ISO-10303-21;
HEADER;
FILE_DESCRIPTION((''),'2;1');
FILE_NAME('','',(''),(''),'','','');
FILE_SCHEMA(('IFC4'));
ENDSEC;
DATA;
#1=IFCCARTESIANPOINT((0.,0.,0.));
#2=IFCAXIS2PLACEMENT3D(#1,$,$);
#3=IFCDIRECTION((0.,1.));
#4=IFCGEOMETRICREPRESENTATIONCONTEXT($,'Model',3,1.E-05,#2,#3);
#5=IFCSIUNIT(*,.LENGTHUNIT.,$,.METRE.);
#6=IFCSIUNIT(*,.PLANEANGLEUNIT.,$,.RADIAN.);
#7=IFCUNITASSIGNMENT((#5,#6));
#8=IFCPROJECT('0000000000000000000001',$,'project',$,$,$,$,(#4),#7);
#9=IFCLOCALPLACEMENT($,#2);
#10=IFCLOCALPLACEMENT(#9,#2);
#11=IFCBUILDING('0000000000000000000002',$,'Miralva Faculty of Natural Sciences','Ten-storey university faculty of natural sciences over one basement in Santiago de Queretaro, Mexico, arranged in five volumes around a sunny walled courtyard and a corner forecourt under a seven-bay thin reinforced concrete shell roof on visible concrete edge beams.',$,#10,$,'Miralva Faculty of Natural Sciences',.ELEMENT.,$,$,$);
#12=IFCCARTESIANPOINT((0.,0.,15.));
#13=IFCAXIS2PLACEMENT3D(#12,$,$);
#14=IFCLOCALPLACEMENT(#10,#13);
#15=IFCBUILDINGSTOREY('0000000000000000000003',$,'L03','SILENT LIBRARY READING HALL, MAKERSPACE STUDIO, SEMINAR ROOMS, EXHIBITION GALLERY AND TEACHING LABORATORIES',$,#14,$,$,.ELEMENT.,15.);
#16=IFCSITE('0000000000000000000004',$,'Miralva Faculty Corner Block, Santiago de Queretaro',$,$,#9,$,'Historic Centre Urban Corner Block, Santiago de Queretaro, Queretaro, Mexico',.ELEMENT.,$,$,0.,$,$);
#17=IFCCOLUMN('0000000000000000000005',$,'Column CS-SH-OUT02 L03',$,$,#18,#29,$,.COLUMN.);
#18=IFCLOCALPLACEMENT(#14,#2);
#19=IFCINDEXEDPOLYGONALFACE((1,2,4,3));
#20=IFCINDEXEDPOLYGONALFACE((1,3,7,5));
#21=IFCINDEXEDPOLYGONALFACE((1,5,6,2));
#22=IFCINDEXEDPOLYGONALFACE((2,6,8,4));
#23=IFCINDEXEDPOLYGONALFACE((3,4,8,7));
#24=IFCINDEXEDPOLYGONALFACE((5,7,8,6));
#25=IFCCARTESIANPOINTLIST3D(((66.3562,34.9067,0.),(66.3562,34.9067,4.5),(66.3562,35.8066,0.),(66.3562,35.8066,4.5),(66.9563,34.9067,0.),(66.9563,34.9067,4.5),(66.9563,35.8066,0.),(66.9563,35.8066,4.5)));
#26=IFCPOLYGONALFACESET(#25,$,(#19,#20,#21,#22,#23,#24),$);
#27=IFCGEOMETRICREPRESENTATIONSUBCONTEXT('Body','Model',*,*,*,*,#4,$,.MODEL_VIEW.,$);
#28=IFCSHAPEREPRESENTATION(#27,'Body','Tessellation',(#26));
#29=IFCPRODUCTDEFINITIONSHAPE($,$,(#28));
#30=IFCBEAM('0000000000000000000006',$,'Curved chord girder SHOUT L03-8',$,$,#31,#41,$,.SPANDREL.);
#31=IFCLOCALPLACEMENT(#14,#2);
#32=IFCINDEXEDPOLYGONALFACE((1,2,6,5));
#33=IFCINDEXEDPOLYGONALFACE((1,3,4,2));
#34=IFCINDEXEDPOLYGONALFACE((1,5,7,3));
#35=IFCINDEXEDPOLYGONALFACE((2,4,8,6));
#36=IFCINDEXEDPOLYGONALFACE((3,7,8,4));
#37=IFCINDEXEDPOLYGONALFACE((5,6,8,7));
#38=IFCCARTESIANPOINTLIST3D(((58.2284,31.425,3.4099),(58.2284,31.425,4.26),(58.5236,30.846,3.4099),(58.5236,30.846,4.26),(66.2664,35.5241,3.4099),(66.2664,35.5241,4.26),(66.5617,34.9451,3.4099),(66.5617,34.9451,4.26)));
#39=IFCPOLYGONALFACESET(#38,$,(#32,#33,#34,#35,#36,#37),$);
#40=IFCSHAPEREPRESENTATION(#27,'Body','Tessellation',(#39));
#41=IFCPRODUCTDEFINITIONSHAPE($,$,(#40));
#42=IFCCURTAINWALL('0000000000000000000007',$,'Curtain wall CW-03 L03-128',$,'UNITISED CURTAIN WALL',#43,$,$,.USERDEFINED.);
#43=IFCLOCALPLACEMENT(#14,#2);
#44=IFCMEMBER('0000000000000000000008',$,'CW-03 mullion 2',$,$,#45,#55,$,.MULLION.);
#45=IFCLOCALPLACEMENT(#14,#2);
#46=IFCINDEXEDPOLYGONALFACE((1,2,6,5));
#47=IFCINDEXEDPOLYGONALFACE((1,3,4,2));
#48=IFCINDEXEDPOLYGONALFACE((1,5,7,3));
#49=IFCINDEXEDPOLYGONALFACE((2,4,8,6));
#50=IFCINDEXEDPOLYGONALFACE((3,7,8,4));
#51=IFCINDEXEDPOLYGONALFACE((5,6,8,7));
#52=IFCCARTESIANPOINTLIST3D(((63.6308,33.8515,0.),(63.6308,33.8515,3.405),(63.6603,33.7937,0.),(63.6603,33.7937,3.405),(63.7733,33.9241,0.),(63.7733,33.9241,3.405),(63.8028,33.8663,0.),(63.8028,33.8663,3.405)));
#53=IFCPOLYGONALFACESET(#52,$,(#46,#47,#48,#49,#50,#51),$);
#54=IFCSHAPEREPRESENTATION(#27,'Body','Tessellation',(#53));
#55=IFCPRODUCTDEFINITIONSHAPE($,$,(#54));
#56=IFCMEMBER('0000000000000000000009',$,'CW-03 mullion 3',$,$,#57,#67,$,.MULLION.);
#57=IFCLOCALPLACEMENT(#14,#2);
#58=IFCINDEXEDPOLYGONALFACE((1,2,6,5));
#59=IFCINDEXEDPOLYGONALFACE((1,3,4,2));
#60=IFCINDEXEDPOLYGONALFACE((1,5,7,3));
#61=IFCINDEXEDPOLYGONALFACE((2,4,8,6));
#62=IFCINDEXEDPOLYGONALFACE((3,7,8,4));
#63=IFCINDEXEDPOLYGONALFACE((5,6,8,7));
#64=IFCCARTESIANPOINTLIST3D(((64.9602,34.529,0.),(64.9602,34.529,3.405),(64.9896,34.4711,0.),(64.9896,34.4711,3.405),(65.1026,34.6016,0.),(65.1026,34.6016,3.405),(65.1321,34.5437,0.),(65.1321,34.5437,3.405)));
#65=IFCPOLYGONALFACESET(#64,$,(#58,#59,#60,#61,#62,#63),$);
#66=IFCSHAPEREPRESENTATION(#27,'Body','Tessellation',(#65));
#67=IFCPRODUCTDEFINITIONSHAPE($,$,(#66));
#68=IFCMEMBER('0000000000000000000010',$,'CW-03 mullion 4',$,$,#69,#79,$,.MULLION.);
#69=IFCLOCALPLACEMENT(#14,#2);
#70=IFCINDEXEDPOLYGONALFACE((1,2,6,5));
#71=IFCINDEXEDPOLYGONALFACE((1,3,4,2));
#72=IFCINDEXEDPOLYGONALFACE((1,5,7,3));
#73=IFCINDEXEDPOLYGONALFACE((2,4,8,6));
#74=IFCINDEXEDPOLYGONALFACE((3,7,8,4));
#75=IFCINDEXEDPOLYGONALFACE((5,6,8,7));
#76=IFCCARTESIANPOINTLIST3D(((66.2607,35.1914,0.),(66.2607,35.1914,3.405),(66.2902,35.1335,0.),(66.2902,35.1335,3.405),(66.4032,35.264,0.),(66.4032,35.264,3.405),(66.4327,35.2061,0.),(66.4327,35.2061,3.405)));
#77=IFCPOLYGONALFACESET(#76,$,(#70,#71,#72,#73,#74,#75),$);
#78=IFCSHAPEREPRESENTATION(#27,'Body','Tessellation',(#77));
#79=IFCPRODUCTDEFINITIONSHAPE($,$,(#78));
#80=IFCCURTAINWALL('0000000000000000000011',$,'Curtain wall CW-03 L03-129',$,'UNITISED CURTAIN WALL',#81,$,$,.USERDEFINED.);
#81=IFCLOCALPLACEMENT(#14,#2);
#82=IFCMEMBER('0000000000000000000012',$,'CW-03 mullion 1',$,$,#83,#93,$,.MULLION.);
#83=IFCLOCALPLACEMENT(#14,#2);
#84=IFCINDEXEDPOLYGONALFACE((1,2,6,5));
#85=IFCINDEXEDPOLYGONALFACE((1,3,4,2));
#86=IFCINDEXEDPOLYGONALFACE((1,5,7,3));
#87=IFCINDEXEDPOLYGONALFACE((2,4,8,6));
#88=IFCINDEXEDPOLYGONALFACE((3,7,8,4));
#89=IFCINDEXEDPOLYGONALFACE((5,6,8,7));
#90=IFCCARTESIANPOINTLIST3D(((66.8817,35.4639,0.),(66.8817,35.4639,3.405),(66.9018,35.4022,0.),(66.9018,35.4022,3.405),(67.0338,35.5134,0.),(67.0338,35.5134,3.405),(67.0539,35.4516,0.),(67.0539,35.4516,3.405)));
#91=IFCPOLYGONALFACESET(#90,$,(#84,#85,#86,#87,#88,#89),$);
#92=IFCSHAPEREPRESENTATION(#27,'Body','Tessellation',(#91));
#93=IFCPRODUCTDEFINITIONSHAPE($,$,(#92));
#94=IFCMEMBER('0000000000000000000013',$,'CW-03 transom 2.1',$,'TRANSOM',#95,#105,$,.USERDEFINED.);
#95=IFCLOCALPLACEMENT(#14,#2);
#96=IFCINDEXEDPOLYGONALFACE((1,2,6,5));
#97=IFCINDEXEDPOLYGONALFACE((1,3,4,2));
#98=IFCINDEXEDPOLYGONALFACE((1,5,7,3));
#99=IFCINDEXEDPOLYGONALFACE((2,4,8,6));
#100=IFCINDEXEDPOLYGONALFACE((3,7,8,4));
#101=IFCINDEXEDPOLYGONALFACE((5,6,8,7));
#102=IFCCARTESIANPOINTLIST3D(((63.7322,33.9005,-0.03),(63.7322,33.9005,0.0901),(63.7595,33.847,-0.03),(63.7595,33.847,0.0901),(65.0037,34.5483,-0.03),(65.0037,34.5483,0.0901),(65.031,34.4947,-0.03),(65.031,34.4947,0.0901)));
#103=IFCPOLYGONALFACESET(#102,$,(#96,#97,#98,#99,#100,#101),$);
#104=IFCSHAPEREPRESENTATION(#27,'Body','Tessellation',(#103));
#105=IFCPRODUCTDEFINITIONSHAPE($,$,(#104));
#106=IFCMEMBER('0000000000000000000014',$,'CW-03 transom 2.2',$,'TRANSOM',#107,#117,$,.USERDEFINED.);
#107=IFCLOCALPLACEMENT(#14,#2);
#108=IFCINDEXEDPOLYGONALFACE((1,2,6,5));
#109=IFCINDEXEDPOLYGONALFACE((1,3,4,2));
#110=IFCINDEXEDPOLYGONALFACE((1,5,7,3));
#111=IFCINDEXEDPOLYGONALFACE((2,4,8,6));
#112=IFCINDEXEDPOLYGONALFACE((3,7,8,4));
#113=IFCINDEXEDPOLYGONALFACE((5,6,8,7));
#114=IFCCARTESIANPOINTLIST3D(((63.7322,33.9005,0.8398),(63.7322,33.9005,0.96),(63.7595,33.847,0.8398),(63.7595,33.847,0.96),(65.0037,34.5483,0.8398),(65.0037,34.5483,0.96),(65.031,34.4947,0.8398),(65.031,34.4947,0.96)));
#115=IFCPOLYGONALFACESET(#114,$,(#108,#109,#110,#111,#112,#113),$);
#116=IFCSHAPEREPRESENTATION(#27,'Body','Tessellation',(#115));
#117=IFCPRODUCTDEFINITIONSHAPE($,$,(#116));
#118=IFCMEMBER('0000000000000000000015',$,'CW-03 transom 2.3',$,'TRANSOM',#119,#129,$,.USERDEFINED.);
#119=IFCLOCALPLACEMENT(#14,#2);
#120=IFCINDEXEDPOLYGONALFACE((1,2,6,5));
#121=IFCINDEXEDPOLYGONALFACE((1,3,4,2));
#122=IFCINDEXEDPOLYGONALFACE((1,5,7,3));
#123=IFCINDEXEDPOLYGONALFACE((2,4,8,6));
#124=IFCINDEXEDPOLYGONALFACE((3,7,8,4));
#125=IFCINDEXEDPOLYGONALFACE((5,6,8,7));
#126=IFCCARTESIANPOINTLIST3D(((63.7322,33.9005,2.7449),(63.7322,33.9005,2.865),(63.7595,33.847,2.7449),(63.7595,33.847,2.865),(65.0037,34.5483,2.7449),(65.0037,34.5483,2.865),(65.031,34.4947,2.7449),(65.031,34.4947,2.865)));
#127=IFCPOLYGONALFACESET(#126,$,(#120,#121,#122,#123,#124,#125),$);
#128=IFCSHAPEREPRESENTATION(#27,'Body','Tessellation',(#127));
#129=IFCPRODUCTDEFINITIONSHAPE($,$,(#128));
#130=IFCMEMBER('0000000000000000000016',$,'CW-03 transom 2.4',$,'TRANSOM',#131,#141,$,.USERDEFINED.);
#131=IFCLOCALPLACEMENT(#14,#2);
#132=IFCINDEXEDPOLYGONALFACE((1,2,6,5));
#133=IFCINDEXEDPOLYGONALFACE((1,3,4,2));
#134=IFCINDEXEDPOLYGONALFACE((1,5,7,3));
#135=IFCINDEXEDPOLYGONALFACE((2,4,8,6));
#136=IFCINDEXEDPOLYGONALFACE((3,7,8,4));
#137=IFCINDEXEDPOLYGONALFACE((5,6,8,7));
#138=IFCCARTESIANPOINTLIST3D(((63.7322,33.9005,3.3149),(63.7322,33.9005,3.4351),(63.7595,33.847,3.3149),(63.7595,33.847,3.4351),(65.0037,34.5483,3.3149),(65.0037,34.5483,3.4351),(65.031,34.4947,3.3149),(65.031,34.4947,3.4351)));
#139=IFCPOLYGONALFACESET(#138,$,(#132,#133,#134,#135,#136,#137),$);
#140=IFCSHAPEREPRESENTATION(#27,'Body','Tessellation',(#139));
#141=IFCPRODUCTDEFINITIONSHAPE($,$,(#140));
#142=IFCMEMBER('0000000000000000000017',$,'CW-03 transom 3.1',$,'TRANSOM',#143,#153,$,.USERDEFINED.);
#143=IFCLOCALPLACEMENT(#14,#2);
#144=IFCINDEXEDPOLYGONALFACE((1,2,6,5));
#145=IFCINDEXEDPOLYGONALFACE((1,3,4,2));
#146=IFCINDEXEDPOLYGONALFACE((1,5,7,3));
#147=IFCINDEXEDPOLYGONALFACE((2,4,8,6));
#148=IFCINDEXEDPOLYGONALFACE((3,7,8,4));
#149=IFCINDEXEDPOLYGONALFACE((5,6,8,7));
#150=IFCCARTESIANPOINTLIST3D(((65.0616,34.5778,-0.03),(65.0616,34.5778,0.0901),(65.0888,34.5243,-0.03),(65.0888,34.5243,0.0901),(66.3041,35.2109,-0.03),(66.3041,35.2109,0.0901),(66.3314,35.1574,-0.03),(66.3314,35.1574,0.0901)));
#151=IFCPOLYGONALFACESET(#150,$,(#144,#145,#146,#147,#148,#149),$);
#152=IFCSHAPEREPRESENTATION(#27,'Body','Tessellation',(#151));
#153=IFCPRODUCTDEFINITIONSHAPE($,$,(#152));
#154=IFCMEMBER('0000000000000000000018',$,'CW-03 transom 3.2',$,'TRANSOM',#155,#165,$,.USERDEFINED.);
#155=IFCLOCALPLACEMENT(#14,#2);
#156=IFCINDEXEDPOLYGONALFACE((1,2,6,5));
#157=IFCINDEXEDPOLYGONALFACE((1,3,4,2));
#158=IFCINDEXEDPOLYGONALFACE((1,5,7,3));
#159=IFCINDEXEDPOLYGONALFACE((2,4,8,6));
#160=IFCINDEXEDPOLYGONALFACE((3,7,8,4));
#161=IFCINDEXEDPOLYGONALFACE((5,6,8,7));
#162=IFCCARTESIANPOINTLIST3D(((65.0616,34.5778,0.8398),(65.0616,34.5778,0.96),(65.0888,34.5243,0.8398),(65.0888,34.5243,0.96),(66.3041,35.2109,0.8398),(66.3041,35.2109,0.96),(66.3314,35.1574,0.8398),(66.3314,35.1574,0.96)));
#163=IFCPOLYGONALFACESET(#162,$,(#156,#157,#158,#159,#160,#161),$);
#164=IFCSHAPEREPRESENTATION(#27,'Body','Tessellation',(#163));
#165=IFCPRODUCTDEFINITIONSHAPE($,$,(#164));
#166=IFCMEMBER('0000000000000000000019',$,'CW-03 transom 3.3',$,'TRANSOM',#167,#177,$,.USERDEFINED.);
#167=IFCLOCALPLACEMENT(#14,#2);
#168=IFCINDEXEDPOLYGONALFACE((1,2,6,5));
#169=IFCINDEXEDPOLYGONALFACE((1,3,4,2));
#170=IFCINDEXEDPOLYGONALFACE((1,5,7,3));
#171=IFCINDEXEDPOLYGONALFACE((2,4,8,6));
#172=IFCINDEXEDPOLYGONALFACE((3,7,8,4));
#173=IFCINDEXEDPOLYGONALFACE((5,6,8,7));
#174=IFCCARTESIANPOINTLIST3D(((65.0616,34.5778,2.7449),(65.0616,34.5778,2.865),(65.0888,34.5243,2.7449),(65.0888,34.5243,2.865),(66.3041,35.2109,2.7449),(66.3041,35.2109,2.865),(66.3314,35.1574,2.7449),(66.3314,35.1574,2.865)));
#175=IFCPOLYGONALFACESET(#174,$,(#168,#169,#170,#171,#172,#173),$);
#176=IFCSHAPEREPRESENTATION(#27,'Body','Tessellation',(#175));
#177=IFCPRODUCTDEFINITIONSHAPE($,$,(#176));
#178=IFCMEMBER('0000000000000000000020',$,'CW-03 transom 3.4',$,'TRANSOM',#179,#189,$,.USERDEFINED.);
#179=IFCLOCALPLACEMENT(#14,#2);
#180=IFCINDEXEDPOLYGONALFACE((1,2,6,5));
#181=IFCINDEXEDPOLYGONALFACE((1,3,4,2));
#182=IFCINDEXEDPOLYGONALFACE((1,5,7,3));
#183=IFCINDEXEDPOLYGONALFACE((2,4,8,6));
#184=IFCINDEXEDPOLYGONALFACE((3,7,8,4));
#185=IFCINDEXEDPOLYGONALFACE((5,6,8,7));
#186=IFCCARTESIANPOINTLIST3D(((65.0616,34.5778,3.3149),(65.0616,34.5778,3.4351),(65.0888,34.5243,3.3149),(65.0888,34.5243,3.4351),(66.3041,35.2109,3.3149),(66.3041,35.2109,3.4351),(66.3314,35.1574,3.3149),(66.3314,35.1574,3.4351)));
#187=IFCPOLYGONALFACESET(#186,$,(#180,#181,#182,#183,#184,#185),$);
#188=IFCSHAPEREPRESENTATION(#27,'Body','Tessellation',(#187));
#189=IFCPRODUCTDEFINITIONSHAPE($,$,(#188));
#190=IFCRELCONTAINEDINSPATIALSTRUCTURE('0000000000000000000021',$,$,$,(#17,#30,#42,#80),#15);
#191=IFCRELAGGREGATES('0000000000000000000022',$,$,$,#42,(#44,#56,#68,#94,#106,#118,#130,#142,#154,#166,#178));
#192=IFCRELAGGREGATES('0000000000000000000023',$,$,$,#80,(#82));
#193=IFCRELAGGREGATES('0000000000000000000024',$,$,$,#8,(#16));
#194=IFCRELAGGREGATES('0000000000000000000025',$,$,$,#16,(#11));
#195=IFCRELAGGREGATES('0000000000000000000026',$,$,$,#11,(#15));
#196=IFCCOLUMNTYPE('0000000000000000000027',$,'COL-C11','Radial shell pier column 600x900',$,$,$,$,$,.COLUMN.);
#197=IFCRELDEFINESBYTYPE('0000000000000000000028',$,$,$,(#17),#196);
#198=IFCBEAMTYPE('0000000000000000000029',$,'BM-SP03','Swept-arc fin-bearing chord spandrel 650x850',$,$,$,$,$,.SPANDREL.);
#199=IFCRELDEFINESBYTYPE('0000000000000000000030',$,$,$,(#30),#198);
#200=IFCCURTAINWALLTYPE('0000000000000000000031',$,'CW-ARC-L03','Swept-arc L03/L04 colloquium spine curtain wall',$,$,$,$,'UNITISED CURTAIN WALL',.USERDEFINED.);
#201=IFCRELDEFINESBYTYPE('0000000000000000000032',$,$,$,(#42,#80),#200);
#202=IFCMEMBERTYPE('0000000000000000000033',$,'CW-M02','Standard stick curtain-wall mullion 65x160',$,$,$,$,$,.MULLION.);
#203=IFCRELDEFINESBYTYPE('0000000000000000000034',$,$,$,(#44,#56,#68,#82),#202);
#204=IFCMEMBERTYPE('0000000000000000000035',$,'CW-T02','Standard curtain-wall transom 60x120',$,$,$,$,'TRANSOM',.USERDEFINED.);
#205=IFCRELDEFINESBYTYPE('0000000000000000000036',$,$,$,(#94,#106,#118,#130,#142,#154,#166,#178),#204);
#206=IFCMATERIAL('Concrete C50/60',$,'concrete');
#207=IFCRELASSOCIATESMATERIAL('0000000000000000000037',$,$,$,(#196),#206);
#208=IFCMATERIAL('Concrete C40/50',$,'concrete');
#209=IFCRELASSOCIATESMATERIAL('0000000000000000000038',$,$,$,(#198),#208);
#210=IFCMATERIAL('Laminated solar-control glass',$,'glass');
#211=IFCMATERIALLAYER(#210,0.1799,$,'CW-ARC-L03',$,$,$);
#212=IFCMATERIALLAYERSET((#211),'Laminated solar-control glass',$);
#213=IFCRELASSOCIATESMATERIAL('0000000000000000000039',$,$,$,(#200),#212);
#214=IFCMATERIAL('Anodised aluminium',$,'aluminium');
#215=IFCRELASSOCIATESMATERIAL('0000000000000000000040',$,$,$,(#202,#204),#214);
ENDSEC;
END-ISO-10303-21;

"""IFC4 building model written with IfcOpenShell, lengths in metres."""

from ifc_helpers import new_model, si_unit, direction, frame, origin, origin_2d, place, context, subcontext, project, spatial, rectangle, extrude, material, layer, layer_set, material_profile, profile_set, type_object, element, aggregate, save


model = new_model("IFC4")

# Units and contexts
model_context = context("Model", 3, precision=1e-05, world=origin(), true_north=direction((0.0, 1.0)))
body_context = subcontext(model_context, "Body", "Model", "MODEL_VIEW")
ifc_project = project(units=[si_unit("LENGTHUNIT", "METRE"), si_unit("PLANEANGLEUNIT", "RADIAN")], contexts=[model_context])

# Site, building, storey
site_placement = place(None, origin())
site = spatial("IfcSite", under=ifc_project, at=site_placement, Name="Miralva Faculty Corner Block, Santiago de Queretaro", LongName="Historic Centre Urban Corner Block, Santiago de Queretaro, Queretaro, Mexico", CompositionType="ELEMENT", RefElevation=0.0)
building_placement = place(site_placement, origin())
building = spatial("IfcBuilding", under=site, at=building_placement, Name="Miralva Faculty of Natural Sciences", Description="Ten-storey university faculty of natural sciences over one basement in Santiago de Queretaro, Mexico, arranged in five volumes around a sunny walled courtyard and a corner forecourt under a seven-bay thin reinforced concrete shell roof on visible concrete edge beams.", LongName="Miralva Faculty of Natural Sciences", CompositionType="ELEMENT")
storey_placement = place(building_placement, frame((0.0, 0.0, 15.0)))
storey = spatial("IfcBuildingStorey", under=building, at=storey_placement, Name="L03", Description="SILENT LIBRARY READING HALL, MAKERSPACE STUDIO, SEMINAR ROOMS, EXHIBITION GALLERY AND TEACHING LABORATORIES", CompositionType="ELEMENT", Elevation=15.0)

# Column
ifc_material_1 = material(Name="Concrete C50/60", Category="concrete")
ifc_material_profile_1 = material_profile(ifc_material_1, rectangle(XDim=0.6001, YDim=0.8999, at=origin_2d()), Name="RC 600x900")
ifc_profile_set_1 = profile_set([ifc_material_profile_1], Name="Concrete C50/60")
column_type = type_object("IfcColumnType", Name="COL-C11", Description="Radial shell pier column 600x900", PredefinedType="COLUMN", material=ifc_profile_set_1)
column_placement = place(storey_placement, frame((66.6562, 35.3567, 0.0), z_axis=(0.0, 0.0, 1.0), x_axis=(1.0, 0.0, 0.0)))
element("IfcColumn", 1, at=column_placement, inside=storey, type_object=column_type, Name="Column CS-SH-OUT02 L03", PredefinedType="COLUMN", context=body_context, shape_type="SweptSolid", body=[
    extrude(rectangle(XDim=0.6001, YDim=0.8999, at=origin_2d()), origin(), (0.0, 0.0, 1.0), 4.5),
])

# Beam
ifc_material_2 = material(Name="Concrete C40/50", Category="concrete")
ifc_material_profile_2 = material_profile(ifc_material_2, rectangle(XDim=0.6499, YDim=0.8501, at=origin_2d()), Name="RC 650x850")
ifc_profile_set_2 = profile_set([ifc_material_profile_2], Name="Concrete C40/50")
beam_type = type_object("IfcBeamType", Name="BM-SP03", Description="Swept-arc fin-bearing chord spandrel 650x850", PredefinedType="SPANDREL", material=ifc_profile_set_2)
beam_placement = place(storey_placement, frame((66.4141, 35.2346, 3.835), z_axis=(-0.890849, -0.454299, 0.0), x_axis=(0.454299, -0.890849, 0.0)))
element("IfcBeam", 2, at=beam_placement, inside=storey, type_object=beam_type, Name="Curved chord girder SHOUT L03-8", PredefinedType="SPANDREL", context=body_context, shape_type="SweptSolid", body=[
    extrude(rectangle(XDim=0.6499, YDim=0.8501, at=origin_2d()), origin(), (0.0, 0.0, 1.0), 9.0229),
])

# Curtain wall, members
ifc_material_3 = material(Name="Laminated solar-control glass", Category="glass")
ifc_layer_1 = layer(ifc_material_3, 0.1799, Name="CW-ARC-L03")
ifc_layer_set_1 = layer_set([ifc_layer_1], Name="Laminated solar-control glass")
curtain_wall_type = type_object("IfcCurtainWallType", Name="CW-ARC-L03", Description="Swept-arc L03/L04 colloquium spine curtain wall", ElementType="UNITISED CURTAIN WALL", PredefinedType="USERDEFINED", material=ifc_layer_set_1)
curtain_wall_1_placement = place(storey_placement, origin())
curtain_wall_1 = element("IfcCurtainWall", 3, at=curtain_wall_1_placement, inside=storey, type_object=curtain_wall_type, Name="Curtain wall CW-03 L03-128", ObjectType="UNITISED CURTAIN WALL", PredefinedType="USERDEFINED")
ifc_material_4 = material(Name="Anodised aluminium", Category="aluminium")
ifc_material_profile_3 = material_profile(ifc_material_4, rectangle(XDim=0.0649, YDim=0.1599, at=origin_2d()), Name="MULLION 65x160")
ifc_profile_set_3 = profile_set([ifc_material_profile_3], Name="Anodised aluminium")
member_type_1 = type_object("IfcMemberType", Name="CW-M02", Description="Standard stick curtain-wall mullion 65x160", PredefinedType="MULLION", material=ifc_profile_set_3)
member_1_placement = place(storey_placement, frame((63.7168, 33.8589, 0.0), z_axis=(0.0, 0.0, 1.0), x_axis=(-0.453975, 0.891015, 0.0)))
member_1 = element("IfcMember", 4, at=member_1_placement, type_object=member_type_1, Name="CW-03 mullion 2", PredefinedType="MULLION", context=body_context, shape_type="SweptSolid", body=[
    extrude(rectangle(XDim=0.0649, YDim=0.1599, at=origin_2d()), origin(), (0.0, 0.0, 1.0), 3.405),
])
member_2_placement = place(storey_placement, frame((65.0461, 34.5364, 0.0), z_axis=(0.0, 0.0, 1.0), x_axis=(-0.453975, 0.891015, 0.0)))
member_2 = element("IfcMember", 5, at=member_2_placement, type_object=member_type_1, Name="CW-03 mullion 3", PredefinedType="MULLION", context=body_context, shape_type="SweptSolid", body=[
    extrude(rectangle(XDim=0.0649, YDim=0.1599, at=origin_2d()), origin(), (0.0, 0.0, 1.0), 3.405),
])
member_3_placement = place(storey_placement, frame((66.3467, 35.1987, 0.0), z_axis=(0.0, 0.0, 1.0), x_axis=(-0.453975, 0.891015, 0.0)))
member_3 = element("IfcMember", 6, at=member_3_placement, type_object=member_type_1, Name="CW-03 mullion 4", PredefinedType="MULLION", context=body_context, shape_type="SweptSolid", body=[
    extrude(rectangle(XDim=0.0649, YDim=0.1599, at=origin_2d()), origin(), (0.0, 0.0, 1.0), 3.405),
])

# Curtain wall, member
curtain_wall_2_placement = place(storey_placement, origin())
curtain_wall_2 = element("IfcCurtainWall", 7, at=curtain_wall_2_placement, inside=storey, type_object=curtain_wall_type, Name="Curtain wall CW-03 L03-129", ObjectType="UNITISED CURTAIN WALL", PredefinedType="USERDEFINED")
member_4_placement = place(storey_placement, frame((66.9678, 35.4578, 0.0), z_axis=(0.0, 0.0, 1.0), x_axis=(-0.309011, 0.951058, 0.0)))
member_4 = element("IfcMember", 8, at=member_4_placement, type_object=member_type_1, Name="CW-03 mullion 1", PredefinedType="MULLION", context=body_context, shape_type="SweptSolid", body=[
    extrude(rectangle(XDim=0.0649, YDim=0.1599, at=origin_2d()), origin(), (0.0, 0.0, 1.0), 3.405),
])

# Members
ifc_material_profile_4 = material_profile(ifc_material_4, rectangle(XDim=0.0601, YDim=0.1201, at=origin_2d()), Name="TRANSOM 60x120")
ifc_profile_set_4 = profile_set([ifc_material_profile_4], Name="Anodised aluminium")
member_type_2 = type_object("IfcMemberType", Name="CW-T02", Description="Standard curtain-wall transom 60x120", ElementType="TRANSOM", PredefinedType="USERDEFINED", material=ifc_profile_set_4)
member_5_placement = place(storey_placement, frame((63.7458, 33.8738, 0.03), z_axis=(0.891049, 0.453908, 0.0), x_axis=(-0.453908, 0.891049, 0.0)))
member_5 = element("IfcMember", 9, at=member_5_placement, type_object=member_type_2, Name="CW-03 transom 2.1", ObjectType="TRANSOM", PredefinedType="USERDEFINED", context=body_context, shape_type="SweptSolid", body=[
    extrude(rectangle(XDim=0.0601, YDim=0.1201, at=origin_2d()), origin(), (0.0, 0.0, 1.0), 1.427),
])
member_6_placement = place(storey_placement, frame((63.7458, 33.8738, 0.8999), z_axis=(0.891049, 0.453908, 0.0), x_axis=(-0.453908, 0.891049, 0.0)))
member_6 = element("IfcMember", 10, at=member_6_placement, type_object=member_type_2, Name="CW-03 transom 2.2", ObjectType="TRANSOM", PredefinedType="USERDEFINED", context=body_context, shape_type="SweptSolid", body=[
    extrude(rectangle(XDim=0.0601, YDim=0.1201, at=origin_2d()), origin(), (0.0, 0.0, 1.0), 1.427),
])
member_7_placement = place(storey_placement, frame((63.7458, 33.8738, 2.8049), z_axis=(0.891049, 0.453908, 0.0), x_axis=(-0.453908, 0.891049, 0.0)))
member_7 = element("IfcMember", 11, at=member_7_placement, type_object=member_type_2, Name="CW-03 transom 2.3", ObjectType="TRANSOM", PredefinedType="USERDEFINED", context=body_context, shape_type="SweptSolid", body=[
    extrude(rectangle(XDim=0.0601, YDim=0.1201, at=origin_2d()), origin(), (0.0, 0.0, 1.0), 1.427),
])
member_8_placement = place(storey_placement, frame((63.7458, 33.8738, 3.375), z_axis=(0.891049, 0.453908, 0.0), x_axis=(-0.453908, 0.891049, 0.0)))
member_8 = element("IfcMember", 12, at=member_8_placement, type_object=member_type_2, Name="CW-03 transom 2.4", ObjectType="TRANSOM", PredefinedType="USERDEFINED", context=body_context, shape_type="SweptSolid", body=[
    extrude(rectangle(XDim=0.0601, YDim=0.1201, at=origin_2d()), origin(), (0.0, 0.0, 1.0), 1.427),
])
member_9_placement = place(storey_placement, frame((65.0752, 34.551, 0.03), z_axis=(0.891005, 0.453994, 0.0), x_axis=(-0.453994, 0.891005, 0.0)))
member_9 = element("IfcMember", 13, at=member_9_placement, type_object=member_type_2, Name="CW-03 transom 3.1", ObjectType="TRANSOM", PredefinedType="USERDEFINED", context=body_context, shape_type="SweptSolid", body=[
    extrude(rectangle(XDim=0.0601, YDim=0.1201, at=origin_2d()), origin(), (0.0, 0.0, 1.0), 1.3945),
])
member_10_placement = place(storey_placement, frame((65.0752, 34.551, 0.8999), z_axis=(0.891005, 0.453994, 0.0), x_axis=(-0.453994, 0.891005, 0.0)))
member_10 = element("IfcMember", 14, at=member_10_placement, type_object=member_type_2, Name="CW-03 transom 3.2", ObjectType="TRANSOM", PredefinedType="USERDEFINED", context=body_context, shape_type="SweptSolid", body=[
    extrude(rectangle(XDim=0.0601, YDim=0.1201, at=origin_2d()), origin(), (0.0, 0.0, 1.0), 1.3945),
])
member_11_placement = place(storey_placement, frame((65.0752, 34.551, 2.8049), z_axis=(0.891005, 0.453994, 0.0), x_axis=(-0.453994, 0.891005, 0.0)))
member_11 = element("IfcMember", 15, at=member_11_placement, type_object=member_type_2, Name="CW-03 transom 3.3", ObjectType="TRANSOM", PredefinedType="USERDEFINED", context=body_context, shape_type="SweptSolid", body=[
    extrude(rectangle(XDim=0.0601, YDim=0.1201, at=origin_2d()), origin(), (0.0, 0.0, 1.0), 1.3945),
])
member_12_placement = place(storey_placement, frame((65.0752, 34.551, 3.375), z_axis=(0.891005, 0.453994, 0.0), x_axis=(-0.453994, 0.891005, 0.0)))
member_12 = element("IfcMember", 16, at=member_12_placement, type_object=member_type_2, Name="CW-03 transom 3.4", ObjectType="TRANSOM", PredefinedType="USERDEFINED", context=body_context, shape_type="SweptSolid", body=[
    extrude(rectangle(XDim=0.0601, YDim=0.1201, at=origin_2d()), origin(), (0.0, 0.0, 1.0), 1.3945),
])

aggregate(curtain_wall_1, [member_1, member_2, member_3, member_5, member_6, member_7, member_8, member_9, member_10, member_11, member_12])
aggregate(curtain_wall_2, [member_4])

save(model, "model.ifc")
